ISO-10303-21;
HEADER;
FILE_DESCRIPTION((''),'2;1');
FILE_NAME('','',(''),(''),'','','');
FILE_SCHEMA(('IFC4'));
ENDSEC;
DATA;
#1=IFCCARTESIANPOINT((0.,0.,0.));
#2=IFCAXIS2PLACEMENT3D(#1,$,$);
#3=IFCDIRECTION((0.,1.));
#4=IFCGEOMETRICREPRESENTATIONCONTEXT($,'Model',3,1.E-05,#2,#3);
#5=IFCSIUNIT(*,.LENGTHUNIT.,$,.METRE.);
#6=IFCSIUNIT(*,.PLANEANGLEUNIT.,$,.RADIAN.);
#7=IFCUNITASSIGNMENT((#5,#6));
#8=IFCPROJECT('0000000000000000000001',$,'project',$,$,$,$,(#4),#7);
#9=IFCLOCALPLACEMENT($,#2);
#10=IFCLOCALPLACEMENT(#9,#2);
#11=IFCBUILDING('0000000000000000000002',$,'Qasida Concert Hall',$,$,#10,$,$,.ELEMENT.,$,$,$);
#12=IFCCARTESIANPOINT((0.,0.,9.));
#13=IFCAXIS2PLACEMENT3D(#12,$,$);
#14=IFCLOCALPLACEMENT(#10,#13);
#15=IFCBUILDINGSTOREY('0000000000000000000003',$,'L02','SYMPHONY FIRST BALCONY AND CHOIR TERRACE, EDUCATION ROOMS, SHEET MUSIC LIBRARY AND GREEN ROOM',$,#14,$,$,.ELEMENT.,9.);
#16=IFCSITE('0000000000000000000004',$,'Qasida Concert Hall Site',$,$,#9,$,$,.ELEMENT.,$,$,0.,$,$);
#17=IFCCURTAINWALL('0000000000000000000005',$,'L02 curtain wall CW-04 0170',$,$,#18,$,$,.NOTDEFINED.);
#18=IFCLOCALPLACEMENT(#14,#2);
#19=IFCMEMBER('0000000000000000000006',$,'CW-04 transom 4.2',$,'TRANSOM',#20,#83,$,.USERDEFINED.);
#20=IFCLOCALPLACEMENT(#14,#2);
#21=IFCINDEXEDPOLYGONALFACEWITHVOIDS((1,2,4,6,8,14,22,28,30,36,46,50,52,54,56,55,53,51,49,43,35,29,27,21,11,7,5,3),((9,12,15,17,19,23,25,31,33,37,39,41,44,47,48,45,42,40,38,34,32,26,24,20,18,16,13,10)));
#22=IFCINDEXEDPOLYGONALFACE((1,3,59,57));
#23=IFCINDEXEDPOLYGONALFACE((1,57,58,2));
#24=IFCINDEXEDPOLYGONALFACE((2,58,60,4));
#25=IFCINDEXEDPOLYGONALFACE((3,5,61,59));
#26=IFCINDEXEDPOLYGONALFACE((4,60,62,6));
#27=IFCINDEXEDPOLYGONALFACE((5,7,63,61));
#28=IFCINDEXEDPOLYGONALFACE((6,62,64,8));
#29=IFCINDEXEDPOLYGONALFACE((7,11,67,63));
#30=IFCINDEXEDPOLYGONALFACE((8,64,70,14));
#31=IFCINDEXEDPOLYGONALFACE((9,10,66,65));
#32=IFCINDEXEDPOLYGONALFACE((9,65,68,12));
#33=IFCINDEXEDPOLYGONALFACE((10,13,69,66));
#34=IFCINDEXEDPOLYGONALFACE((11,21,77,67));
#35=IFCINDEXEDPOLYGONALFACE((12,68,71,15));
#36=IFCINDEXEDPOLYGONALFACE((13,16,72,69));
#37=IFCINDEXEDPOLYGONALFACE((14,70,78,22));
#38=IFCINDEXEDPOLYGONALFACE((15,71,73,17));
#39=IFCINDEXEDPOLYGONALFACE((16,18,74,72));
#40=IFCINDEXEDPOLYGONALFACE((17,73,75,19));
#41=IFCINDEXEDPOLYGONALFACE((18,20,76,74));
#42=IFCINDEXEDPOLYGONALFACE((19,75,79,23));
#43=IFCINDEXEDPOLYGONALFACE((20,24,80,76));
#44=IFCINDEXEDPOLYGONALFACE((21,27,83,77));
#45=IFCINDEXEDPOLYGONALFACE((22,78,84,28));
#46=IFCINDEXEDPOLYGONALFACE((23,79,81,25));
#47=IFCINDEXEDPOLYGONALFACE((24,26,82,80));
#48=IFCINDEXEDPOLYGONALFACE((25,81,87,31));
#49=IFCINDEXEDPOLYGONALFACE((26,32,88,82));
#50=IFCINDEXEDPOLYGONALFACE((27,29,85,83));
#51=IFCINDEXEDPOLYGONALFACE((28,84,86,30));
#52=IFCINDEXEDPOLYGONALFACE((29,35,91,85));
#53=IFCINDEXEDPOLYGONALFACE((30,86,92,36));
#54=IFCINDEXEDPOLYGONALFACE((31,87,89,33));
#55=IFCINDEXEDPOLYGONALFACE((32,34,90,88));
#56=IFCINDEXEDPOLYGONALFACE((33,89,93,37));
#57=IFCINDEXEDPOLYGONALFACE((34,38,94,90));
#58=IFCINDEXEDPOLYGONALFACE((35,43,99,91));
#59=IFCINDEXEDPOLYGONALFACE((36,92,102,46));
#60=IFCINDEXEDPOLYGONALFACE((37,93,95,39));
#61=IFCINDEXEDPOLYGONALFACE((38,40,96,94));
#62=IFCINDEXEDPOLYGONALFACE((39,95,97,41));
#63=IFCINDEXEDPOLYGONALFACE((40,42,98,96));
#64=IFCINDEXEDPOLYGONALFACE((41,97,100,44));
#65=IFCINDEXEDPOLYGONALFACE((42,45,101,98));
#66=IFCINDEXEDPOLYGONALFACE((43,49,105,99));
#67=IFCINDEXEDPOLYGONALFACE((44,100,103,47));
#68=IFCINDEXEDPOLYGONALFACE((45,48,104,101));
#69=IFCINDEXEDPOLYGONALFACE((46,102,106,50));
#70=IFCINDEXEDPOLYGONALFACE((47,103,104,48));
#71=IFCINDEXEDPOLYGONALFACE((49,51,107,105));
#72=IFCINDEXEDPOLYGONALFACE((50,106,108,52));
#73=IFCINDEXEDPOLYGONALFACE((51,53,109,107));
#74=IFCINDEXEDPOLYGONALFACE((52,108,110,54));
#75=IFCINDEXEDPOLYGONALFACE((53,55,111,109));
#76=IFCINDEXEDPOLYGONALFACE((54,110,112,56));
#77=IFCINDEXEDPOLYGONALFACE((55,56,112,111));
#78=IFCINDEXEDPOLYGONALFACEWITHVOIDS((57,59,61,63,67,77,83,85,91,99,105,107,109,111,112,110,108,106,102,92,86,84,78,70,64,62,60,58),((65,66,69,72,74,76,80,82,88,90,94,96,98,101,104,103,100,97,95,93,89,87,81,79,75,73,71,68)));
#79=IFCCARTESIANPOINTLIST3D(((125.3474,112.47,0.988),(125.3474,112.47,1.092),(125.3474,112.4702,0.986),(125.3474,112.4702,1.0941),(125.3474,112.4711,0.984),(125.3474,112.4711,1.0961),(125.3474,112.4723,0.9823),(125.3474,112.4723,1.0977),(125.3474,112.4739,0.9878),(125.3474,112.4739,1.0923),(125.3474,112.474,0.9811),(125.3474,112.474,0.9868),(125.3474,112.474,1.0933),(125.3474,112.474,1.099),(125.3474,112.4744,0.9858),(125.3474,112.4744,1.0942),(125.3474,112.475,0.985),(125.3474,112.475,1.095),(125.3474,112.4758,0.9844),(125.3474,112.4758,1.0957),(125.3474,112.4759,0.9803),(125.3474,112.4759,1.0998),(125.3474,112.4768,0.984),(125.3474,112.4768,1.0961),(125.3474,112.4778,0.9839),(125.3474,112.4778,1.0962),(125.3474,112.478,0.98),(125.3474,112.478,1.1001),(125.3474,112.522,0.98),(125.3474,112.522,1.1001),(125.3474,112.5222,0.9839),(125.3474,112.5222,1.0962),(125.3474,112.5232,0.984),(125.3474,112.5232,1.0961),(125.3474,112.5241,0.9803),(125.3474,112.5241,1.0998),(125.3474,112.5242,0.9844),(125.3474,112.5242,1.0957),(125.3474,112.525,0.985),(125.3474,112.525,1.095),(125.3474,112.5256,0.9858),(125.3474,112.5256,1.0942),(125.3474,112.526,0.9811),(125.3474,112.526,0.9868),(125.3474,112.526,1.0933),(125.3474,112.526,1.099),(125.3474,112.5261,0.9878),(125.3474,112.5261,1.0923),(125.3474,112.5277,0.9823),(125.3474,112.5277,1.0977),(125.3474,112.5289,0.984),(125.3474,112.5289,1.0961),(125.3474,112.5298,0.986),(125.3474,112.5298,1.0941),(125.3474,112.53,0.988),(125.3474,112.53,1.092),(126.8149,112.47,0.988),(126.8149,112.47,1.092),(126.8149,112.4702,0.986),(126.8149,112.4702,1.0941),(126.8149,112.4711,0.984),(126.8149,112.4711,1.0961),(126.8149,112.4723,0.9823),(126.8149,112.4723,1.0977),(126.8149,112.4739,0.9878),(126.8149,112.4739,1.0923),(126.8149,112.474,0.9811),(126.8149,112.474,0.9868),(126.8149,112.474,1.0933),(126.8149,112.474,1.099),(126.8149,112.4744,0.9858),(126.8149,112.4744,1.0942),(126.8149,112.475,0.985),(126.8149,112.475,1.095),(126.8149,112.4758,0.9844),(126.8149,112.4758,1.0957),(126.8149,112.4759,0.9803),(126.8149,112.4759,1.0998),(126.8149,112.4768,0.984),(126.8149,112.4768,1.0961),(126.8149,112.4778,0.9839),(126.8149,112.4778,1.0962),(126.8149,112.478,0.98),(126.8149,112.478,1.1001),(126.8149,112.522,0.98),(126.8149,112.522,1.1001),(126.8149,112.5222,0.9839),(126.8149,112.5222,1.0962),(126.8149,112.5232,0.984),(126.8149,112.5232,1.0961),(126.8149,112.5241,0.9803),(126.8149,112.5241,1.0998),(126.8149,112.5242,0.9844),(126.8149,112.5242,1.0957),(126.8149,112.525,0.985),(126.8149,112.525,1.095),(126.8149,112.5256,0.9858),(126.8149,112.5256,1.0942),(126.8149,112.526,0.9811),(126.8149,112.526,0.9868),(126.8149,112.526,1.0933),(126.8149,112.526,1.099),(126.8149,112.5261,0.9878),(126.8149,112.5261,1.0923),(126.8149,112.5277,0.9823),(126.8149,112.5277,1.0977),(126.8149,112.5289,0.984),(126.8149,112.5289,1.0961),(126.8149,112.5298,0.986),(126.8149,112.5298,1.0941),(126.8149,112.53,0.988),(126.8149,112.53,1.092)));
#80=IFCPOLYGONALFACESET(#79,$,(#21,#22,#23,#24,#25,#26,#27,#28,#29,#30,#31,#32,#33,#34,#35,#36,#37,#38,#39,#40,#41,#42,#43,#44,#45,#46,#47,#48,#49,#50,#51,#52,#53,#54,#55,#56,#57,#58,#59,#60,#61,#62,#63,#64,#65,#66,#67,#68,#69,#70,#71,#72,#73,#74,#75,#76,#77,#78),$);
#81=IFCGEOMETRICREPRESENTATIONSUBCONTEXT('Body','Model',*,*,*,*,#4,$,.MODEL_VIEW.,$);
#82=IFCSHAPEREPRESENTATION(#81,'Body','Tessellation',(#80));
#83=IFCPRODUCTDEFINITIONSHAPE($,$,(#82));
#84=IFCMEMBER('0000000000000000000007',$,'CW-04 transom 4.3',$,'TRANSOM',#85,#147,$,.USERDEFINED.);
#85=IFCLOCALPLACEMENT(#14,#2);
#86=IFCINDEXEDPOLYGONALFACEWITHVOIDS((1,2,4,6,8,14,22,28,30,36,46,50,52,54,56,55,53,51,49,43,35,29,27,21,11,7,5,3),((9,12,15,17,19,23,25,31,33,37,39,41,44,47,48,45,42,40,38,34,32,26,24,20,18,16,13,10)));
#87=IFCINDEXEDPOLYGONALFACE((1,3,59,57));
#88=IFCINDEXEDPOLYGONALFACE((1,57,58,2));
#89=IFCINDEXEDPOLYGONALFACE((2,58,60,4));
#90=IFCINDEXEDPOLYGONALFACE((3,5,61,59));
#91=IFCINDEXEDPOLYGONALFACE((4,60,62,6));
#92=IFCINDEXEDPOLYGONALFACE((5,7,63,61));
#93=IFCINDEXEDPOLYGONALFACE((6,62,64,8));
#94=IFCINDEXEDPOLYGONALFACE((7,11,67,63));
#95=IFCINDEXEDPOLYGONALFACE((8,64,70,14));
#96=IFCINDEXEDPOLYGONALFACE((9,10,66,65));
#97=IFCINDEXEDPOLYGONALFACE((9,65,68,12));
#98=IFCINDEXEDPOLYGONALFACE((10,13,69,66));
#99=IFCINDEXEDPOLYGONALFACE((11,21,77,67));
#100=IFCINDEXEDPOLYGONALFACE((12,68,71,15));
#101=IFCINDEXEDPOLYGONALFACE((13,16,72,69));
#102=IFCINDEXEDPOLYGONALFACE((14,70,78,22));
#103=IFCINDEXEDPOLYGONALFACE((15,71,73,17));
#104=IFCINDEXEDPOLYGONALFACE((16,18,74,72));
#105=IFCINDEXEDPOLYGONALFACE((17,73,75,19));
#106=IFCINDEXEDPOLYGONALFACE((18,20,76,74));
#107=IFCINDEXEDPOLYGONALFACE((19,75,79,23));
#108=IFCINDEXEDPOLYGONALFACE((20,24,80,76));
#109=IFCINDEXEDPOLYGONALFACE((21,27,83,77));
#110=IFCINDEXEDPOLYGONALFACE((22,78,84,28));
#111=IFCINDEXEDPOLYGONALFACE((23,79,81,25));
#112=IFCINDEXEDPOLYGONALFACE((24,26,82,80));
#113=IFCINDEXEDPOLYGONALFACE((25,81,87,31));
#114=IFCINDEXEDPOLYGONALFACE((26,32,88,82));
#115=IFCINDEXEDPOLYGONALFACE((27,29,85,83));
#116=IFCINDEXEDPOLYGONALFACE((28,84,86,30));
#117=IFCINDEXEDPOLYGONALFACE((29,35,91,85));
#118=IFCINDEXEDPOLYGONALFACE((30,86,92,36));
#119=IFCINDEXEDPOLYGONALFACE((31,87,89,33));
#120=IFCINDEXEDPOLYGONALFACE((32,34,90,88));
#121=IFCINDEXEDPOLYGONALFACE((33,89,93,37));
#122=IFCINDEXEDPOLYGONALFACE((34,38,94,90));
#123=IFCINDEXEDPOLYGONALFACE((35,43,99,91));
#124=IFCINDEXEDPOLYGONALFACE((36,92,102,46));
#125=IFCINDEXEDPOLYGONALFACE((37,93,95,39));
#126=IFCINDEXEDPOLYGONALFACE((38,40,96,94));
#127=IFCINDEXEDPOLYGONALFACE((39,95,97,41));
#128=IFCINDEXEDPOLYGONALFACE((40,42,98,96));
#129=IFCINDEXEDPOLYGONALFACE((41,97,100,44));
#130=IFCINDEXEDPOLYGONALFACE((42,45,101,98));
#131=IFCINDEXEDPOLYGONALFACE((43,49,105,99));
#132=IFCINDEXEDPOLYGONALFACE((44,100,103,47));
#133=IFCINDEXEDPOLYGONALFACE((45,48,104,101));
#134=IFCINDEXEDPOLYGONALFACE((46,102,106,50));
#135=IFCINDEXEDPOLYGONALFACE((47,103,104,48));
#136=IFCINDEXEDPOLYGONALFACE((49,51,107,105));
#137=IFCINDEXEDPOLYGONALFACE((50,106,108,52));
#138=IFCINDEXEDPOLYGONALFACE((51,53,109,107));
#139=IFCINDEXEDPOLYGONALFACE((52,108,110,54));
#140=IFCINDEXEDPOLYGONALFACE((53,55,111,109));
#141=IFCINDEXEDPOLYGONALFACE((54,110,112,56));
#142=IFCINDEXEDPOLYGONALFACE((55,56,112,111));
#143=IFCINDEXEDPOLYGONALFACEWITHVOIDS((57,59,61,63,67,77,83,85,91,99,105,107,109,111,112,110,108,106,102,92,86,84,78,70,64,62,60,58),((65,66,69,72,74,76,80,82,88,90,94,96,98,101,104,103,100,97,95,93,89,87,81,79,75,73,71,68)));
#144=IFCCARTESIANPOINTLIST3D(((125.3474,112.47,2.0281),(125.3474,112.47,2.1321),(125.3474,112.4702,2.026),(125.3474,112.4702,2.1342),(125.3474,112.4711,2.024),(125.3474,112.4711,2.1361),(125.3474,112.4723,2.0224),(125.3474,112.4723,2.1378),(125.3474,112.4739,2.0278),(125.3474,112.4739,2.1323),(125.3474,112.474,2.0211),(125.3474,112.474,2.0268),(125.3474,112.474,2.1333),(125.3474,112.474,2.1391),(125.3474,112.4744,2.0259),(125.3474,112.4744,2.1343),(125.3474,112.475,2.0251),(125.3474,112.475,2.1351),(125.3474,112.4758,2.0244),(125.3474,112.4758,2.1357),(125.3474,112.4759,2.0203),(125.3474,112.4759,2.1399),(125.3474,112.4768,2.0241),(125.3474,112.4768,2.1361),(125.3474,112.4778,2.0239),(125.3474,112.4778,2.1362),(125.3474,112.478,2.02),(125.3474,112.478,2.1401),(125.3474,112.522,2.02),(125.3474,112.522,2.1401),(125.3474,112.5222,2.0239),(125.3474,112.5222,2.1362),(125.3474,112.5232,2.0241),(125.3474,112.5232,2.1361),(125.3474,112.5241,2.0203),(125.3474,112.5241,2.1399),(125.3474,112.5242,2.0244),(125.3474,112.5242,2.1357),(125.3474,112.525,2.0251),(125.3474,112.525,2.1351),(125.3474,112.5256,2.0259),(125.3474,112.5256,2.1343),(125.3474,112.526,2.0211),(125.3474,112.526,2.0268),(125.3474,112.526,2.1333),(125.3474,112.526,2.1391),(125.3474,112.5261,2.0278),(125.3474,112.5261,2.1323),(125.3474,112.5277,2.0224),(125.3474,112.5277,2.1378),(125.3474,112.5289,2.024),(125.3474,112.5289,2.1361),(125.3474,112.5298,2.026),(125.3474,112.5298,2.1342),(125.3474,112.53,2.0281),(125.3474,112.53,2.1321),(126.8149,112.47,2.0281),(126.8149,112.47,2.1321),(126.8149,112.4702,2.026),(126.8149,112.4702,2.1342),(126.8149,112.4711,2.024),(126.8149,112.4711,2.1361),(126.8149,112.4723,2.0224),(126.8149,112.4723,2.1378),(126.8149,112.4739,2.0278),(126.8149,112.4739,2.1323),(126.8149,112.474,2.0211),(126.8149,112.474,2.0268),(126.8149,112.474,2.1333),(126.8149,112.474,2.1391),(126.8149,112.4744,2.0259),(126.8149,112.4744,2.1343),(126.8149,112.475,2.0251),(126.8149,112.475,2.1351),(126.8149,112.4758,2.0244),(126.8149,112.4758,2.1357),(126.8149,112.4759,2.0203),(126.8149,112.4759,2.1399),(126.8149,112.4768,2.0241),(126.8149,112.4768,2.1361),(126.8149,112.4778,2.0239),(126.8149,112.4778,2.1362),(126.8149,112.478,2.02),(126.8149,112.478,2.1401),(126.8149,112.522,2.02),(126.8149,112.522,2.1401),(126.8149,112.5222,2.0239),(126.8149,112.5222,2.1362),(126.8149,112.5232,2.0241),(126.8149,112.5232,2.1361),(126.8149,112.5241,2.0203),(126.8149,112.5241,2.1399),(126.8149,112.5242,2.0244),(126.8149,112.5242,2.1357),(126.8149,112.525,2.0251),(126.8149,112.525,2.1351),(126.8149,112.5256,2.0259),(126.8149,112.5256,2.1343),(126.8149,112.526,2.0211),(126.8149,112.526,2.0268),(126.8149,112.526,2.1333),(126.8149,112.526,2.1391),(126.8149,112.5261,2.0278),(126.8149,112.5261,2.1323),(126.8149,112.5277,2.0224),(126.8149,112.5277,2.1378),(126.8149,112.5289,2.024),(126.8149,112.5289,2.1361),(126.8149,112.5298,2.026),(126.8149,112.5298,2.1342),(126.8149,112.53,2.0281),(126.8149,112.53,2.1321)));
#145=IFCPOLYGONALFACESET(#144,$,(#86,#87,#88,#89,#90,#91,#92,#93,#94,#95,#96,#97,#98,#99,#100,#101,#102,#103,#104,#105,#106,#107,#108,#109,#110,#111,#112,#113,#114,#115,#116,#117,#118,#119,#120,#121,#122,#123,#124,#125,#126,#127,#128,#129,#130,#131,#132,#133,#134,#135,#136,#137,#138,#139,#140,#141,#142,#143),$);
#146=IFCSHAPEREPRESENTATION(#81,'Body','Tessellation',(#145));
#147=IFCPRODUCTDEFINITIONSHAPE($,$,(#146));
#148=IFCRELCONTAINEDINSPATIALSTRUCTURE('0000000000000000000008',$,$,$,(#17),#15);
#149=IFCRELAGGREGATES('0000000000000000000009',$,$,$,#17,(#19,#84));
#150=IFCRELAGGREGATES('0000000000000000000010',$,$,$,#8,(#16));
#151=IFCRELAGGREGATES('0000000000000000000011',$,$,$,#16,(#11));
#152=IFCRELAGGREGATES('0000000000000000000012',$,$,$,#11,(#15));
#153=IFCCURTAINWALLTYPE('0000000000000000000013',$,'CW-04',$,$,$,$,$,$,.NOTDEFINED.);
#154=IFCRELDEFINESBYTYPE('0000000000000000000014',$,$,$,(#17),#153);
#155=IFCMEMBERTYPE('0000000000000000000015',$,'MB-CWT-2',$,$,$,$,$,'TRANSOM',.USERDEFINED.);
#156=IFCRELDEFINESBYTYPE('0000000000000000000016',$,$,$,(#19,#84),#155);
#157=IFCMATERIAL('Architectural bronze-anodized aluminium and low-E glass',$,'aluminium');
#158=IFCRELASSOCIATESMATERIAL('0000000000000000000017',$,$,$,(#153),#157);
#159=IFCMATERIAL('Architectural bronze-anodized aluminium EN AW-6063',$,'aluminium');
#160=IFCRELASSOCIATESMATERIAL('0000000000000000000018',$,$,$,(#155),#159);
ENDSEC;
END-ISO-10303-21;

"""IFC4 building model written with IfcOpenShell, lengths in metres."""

from ifc_helpers import new_model, si_unit, direction, frame, origin, origin_2d, place, context, subcontext, project, spatial, hollow_rectangle, extrude, material, material_profile, profile_set, type_object, element, aggregate, save


model = new_model("IFC4")

# Units and contexts
model_context = context("Model", 3, precision=1e-05, world=origin(), true_north=direction((0.0, 1.0)))
body_context = subcontext(model_context, "Body", "Model", "MODEL_VIEW")
ifc_project = project(units=[si_unit("LENGTHUNIT", "METRE"), si_unit("PLANEANGLEUNIT", "RADIAN")], contexts=[model_context])

# Site, building, storey
site_placement = place(None, origin())
site = spatial("IfcSite", under=ifc_project, at=site_placement, Name="Qasida Concert Hall Site", CompositionType="ELEMENT", RefElevation=0.0)
building_placement = place(site_placement, origin())
building = spatial("IfcBuilding", under=site, at=building_placement, Name="Qasida Concert Hall", CompositionType="ELEMENT")
storey_placement = place(building_placement, frame((0.0, 0.0, 9.0)))
storey = spatial("IfcBuildingStorey", under=building, at=storey_placement, Name="L02", Description="SYMPHONY FIRST BALCONY AND CHOIR TERRACE, EDUCATION ROOMS, SHEET MUSIC LIBRARY AND GREEN ROOM", CompositionType="ELEMENT", Elevation=9.0)

# Curtain wall, members
ifc_material_1 = material(Name="Architectural bronze-anodized aluminium and low-E glass", Category="aluminium")
curtain_wall_type = type_object("IfcCurtainWallType", Name="CW-04", PredefinedType="NOTDEFINED", material=ifc_material_1)
curtain_wall_placement = place(storey_placement, origin())
curtain_wall = element("IfcCurtainWall", 1, at=curtain_wall_placement, inside=storey, type_object=curtain_wall_type, Name="L02 curtain wall CW-04 0170", PredefinedType="NOTDEFINED")
ifc_material_2 = material(Name="Architectural bronze-anodized aluminium EN AW-6063", Category="aluminium")
ifc_material_profile_1 = material_profile(ifc_material_2, hollow_rectangle(XDim=0.0601, YDim=0.1201, WallThickness=0.0039, InnerFilletRadius=0.0039, OuterFilletRadius=0.0081, at=origin_2d()), Name="CWT 120x60x4")
ifc_profile_set_1 = profile_set([ifc_material_profile_1], Name="Architectural bronze-anodized aluminium EN AW-6063")
member_type_1 = type_object("IfcMemberType", Name="MB-CWT-2", ElementType="TRANSOM", PredefinedType="USERDEFINED", material=ifc_profile_set_1)
member_1_placement = place(storey_placement, frame((125.3474, 112.5, 1.04), z_axis=(1.0, 0.0, 0.0), x_axis=(0.0, 1.0, 0.0)))
member_1 = element("IfcMember", 2, at=member_1_placement, type_object=member_type_1, Name="CW-04 transom 4.2", ObjectType="TRANSOM", PredefinedType="USERDEFINED", context=body_context, shape_type="SweptSolid", body=[
    extrude(hollow_rectangle(XDim=0.0601, YDim=0.1201, WallThickness=0.0039, InnerFilletRadius=0.0039, OuterFilletRadius=0.0081, at=origin_2d()), origin(), (0.0, 0.0, 1.0), 1.4675),
])
member_2_placement = place(storey_placement, frame((125.3474, 112.5, 2.0801), z_axis=(1.0, 0.0, 0.0), x_axis=(0.0, 1.0, 0.0)))
member_2 = element("IfcMember", 3, at=member_2_placement, type_object=member_type_1, Name="CW-04 transom 4.3", ObjectType="TRANSOM", PredefinedType="USERDEFINED", context=body_context, shape_type="SweptSolid", body=[
    extrude(hollow_rectangle(XDim=0.0601, YDim=0.1201, WallThickness=0.0039, InnerFilletRadius=0.0039, OuterFilletRadius=0.0081, at=origin_2d()), origin(), (0.0, 0.0, 1.0), 1.4675),
])
aggregate(curtain_wall, [member_1, member_2])

save(model, "model.ifc")
